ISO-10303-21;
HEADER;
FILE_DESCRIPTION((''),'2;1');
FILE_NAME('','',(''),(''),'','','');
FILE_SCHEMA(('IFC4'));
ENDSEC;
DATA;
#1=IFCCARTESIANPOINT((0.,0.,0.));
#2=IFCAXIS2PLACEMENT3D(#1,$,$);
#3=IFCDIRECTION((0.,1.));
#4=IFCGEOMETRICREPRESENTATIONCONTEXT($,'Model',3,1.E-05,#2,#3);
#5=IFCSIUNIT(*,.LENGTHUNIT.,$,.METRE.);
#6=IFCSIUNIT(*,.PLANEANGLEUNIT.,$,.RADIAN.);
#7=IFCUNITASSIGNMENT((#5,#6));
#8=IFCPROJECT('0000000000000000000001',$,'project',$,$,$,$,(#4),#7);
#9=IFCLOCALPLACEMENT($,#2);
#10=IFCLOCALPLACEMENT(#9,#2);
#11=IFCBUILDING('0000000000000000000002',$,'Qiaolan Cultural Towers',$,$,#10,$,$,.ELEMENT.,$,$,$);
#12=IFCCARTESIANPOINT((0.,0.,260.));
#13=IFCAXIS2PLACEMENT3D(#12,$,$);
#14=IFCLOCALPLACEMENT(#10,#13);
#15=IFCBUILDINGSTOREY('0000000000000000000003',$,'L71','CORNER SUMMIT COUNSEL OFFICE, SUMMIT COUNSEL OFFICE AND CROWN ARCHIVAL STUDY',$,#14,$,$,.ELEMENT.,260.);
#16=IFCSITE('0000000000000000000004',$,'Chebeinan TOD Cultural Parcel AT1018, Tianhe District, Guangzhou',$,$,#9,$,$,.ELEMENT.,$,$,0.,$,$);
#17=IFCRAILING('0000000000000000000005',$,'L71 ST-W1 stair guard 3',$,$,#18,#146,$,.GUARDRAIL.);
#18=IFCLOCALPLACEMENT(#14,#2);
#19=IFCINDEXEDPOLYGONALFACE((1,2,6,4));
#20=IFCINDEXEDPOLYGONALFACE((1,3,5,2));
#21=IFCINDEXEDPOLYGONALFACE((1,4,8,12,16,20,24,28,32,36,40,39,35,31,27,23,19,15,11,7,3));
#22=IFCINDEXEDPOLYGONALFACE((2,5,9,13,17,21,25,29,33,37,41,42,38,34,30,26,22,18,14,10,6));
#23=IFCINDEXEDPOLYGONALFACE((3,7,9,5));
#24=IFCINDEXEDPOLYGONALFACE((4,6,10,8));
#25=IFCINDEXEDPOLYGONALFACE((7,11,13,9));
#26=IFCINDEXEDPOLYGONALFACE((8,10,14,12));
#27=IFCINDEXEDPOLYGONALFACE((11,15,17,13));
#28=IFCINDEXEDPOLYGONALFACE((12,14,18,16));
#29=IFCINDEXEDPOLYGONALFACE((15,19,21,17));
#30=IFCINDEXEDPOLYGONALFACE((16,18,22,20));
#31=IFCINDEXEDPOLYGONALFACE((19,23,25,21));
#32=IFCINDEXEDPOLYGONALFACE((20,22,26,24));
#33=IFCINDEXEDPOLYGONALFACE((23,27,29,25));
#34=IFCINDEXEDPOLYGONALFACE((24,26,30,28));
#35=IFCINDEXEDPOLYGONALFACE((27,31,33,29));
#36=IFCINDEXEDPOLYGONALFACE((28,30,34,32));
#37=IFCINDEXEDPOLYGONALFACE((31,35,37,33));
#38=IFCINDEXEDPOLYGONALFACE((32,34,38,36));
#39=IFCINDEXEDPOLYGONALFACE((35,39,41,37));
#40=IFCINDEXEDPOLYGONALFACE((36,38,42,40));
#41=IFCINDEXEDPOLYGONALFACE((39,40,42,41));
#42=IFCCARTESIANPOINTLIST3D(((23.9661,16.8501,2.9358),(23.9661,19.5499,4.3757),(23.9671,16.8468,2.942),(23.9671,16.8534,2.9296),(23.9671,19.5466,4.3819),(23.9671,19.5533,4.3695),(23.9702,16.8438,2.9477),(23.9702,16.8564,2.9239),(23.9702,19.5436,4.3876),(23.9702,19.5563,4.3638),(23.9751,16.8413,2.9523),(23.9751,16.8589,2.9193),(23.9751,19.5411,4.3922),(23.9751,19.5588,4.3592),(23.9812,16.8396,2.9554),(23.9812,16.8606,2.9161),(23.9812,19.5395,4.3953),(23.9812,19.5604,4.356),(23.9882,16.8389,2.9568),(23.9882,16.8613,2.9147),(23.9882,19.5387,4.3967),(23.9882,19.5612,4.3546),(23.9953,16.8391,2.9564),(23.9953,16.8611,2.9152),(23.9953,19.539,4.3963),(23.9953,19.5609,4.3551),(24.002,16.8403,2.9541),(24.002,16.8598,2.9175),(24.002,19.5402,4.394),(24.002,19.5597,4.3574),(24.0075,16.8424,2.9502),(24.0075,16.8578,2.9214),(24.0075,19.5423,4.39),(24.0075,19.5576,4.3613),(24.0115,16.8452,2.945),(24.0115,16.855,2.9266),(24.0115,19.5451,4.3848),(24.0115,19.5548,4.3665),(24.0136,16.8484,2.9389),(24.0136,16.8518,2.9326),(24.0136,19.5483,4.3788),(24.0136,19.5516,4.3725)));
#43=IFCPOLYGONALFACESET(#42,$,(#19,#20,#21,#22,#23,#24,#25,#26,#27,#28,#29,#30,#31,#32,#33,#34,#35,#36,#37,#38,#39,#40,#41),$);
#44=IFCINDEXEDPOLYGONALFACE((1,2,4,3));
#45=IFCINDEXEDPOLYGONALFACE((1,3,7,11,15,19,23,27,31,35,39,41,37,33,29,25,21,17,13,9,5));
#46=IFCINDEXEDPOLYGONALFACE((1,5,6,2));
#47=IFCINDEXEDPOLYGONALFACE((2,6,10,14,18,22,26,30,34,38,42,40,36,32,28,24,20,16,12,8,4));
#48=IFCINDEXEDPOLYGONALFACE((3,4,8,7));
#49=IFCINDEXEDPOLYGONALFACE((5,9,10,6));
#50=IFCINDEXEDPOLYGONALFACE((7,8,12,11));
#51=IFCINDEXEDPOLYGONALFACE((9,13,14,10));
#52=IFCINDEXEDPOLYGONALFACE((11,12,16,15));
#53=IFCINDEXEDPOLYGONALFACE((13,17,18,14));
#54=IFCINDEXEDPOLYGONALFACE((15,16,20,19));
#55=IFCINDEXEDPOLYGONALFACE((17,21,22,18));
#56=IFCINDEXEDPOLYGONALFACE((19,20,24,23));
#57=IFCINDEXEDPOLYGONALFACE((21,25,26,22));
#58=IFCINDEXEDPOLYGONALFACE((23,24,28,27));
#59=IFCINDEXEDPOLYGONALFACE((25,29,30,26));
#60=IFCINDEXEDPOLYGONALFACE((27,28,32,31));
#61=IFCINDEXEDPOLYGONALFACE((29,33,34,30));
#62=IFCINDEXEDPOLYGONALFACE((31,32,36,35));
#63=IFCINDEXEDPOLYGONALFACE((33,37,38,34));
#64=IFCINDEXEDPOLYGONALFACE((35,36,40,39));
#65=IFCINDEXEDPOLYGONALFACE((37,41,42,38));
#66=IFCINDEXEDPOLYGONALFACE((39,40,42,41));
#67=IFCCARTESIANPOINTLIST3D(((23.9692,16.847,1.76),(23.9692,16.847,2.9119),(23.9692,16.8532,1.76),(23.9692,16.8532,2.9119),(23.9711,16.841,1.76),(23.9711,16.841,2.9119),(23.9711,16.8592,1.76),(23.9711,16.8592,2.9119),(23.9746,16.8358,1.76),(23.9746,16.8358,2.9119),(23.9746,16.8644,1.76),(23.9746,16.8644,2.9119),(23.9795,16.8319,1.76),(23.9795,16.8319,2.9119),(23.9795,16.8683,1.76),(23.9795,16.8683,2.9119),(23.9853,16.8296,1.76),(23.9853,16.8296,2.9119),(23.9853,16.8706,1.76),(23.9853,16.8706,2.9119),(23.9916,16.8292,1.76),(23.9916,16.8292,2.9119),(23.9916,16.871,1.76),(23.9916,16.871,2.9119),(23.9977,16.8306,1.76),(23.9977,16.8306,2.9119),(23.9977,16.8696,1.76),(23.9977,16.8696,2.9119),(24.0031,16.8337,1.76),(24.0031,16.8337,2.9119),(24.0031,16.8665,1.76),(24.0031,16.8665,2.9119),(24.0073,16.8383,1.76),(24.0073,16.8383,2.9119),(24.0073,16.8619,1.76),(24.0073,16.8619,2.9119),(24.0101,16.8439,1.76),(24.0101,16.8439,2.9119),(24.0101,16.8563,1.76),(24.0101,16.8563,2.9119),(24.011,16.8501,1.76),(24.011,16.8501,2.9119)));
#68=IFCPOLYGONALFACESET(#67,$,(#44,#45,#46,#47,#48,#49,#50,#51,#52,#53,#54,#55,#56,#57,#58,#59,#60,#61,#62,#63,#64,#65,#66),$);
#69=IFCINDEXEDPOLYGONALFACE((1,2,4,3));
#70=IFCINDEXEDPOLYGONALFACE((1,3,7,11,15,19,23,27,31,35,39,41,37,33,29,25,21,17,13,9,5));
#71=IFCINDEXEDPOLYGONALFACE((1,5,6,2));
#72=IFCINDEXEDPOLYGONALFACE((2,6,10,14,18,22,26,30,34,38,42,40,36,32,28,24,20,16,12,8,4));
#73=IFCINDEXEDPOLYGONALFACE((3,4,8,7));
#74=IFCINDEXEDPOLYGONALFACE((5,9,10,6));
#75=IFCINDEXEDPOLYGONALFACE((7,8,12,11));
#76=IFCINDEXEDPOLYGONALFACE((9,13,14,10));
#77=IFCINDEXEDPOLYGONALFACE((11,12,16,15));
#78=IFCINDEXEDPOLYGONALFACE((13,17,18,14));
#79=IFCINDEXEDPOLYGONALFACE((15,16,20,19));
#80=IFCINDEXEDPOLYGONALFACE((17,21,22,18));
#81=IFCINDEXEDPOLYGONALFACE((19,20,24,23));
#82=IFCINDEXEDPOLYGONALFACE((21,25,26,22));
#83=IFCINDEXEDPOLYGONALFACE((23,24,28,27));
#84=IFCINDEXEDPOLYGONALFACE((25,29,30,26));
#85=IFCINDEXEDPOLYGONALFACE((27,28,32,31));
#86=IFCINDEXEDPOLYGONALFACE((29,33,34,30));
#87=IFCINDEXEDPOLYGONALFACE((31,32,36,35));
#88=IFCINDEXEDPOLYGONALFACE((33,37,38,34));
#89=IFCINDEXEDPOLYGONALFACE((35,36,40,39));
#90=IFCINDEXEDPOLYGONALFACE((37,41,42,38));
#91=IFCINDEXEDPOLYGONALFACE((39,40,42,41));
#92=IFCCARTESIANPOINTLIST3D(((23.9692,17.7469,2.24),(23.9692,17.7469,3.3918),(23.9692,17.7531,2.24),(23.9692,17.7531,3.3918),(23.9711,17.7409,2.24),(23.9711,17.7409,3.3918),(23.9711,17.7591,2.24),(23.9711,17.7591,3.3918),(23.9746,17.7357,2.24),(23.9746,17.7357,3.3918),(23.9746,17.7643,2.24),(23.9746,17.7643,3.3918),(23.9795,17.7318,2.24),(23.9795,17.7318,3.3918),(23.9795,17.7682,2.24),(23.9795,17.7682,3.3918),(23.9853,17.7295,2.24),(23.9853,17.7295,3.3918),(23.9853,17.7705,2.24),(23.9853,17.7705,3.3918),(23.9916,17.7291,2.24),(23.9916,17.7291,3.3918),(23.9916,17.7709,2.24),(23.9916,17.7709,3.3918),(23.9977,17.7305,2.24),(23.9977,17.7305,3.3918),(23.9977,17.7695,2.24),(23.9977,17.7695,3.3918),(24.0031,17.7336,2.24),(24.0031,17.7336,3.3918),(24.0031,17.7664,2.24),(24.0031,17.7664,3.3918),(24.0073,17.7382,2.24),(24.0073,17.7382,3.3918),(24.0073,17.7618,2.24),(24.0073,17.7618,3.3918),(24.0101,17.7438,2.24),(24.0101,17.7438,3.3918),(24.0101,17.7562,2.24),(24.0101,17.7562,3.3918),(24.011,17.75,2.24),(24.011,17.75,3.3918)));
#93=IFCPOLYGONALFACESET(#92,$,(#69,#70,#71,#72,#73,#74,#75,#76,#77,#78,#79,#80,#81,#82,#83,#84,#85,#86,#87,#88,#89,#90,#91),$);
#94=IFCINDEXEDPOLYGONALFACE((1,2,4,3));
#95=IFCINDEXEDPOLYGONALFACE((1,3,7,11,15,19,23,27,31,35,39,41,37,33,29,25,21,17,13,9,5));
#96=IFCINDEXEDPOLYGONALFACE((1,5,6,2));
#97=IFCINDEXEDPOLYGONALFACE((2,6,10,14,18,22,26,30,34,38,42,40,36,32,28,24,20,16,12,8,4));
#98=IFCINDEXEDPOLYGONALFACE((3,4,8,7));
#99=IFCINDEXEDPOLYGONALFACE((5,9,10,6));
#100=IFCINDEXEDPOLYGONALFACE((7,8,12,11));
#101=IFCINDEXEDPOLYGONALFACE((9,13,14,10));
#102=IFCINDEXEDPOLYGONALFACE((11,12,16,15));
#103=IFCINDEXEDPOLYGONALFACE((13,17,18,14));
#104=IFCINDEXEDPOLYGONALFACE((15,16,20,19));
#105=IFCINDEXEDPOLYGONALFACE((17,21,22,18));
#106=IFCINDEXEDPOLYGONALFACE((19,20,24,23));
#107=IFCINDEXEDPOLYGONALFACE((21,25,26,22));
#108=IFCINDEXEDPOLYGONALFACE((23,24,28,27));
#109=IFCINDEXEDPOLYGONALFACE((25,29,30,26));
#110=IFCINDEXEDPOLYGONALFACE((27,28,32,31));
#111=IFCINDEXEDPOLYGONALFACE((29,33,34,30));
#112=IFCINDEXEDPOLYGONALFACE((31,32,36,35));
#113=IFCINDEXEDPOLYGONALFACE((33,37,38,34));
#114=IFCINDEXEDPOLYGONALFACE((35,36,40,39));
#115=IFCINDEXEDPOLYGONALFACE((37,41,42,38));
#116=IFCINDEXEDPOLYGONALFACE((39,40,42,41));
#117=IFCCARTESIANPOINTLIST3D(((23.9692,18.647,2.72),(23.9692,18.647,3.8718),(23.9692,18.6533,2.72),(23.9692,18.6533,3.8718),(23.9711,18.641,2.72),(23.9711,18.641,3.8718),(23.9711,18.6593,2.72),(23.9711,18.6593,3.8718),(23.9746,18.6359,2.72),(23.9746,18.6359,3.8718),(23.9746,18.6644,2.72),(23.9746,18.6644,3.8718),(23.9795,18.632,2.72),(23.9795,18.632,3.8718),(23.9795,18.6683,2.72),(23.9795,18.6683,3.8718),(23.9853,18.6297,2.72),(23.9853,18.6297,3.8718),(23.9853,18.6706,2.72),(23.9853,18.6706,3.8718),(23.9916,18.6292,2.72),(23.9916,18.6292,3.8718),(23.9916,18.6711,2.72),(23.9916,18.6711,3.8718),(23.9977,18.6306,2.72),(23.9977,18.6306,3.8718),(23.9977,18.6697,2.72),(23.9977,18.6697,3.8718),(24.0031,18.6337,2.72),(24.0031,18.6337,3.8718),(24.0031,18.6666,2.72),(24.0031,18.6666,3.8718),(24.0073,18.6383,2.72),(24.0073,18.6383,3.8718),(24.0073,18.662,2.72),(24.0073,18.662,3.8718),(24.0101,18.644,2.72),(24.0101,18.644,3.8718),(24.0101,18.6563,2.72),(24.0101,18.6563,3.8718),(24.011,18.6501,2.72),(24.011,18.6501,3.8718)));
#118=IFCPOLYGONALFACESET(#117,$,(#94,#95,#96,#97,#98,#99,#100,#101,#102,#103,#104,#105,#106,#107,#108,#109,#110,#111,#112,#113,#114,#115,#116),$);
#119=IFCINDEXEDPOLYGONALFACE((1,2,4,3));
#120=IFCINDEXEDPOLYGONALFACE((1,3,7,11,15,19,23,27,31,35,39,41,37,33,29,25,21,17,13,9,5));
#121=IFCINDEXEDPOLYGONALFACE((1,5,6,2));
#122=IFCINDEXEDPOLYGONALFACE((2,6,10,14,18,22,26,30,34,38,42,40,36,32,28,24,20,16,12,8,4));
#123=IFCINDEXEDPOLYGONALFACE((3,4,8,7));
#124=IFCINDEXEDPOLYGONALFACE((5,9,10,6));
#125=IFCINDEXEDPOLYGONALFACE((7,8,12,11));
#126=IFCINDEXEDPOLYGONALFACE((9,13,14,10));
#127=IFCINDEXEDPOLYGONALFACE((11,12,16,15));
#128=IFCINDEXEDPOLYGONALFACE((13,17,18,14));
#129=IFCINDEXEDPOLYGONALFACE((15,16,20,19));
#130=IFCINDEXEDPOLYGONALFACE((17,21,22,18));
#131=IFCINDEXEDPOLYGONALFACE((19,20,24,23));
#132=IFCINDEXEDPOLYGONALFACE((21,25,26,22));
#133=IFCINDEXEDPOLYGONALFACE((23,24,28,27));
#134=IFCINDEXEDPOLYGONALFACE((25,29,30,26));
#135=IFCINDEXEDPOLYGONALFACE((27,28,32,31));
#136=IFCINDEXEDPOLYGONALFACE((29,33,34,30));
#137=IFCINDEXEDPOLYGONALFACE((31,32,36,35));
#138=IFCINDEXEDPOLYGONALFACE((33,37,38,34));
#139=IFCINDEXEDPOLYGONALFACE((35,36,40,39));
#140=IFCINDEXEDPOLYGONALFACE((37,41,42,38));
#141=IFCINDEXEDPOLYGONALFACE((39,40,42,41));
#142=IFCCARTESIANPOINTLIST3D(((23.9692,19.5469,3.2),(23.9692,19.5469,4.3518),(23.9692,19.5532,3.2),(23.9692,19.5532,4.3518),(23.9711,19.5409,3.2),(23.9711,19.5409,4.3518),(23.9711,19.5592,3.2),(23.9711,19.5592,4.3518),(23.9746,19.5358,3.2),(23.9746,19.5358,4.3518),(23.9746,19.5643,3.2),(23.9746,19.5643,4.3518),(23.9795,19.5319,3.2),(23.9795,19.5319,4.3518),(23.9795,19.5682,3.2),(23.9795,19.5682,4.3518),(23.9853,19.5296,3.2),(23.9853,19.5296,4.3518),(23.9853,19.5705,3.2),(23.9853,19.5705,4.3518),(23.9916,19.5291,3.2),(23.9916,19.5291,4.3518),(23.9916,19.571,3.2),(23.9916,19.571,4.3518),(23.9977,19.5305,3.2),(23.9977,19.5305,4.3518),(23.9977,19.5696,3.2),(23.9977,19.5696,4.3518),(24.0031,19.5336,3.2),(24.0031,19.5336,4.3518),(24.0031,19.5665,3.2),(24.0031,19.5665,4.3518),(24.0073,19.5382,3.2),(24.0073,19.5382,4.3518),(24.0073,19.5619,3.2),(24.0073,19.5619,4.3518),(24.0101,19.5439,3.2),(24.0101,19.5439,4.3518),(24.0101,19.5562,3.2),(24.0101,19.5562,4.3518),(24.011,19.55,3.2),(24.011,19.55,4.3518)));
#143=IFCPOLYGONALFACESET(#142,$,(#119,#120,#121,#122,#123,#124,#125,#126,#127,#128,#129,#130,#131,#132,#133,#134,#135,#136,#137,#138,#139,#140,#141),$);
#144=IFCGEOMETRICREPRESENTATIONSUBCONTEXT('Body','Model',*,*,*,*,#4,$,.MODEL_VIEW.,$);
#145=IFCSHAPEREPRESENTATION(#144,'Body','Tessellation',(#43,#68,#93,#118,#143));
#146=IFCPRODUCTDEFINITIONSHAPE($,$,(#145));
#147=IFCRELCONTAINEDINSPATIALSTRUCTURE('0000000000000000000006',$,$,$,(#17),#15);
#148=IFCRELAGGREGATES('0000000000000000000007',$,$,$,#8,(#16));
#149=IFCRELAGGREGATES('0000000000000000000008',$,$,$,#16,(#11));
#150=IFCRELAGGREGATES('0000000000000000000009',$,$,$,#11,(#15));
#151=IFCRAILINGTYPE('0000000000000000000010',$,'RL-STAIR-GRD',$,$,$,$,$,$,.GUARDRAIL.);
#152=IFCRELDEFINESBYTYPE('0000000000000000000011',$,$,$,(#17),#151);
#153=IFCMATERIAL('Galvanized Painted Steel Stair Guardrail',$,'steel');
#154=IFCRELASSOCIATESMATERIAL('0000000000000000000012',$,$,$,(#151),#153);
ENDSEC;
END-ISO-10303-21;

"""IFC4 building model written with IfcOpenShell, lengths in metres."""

from ifc_helpers import new_model, si_unit, direction, frame, origin, origin_2d, place, context, subcontext, project, spatial, circle, extrude, material, type_object, element, save


model = new_model("IFC4")

# Units and contexts
model_context = context("Model", 3, precision=1e-05, world=origin(), true_north=direction((0.0, 1.0)))
body_context = subcontext(model_context, "Body", "Model", "MODEL_VIEW")
ifc_project = project(units=[si_unit("LENGTHUNIT", "METRE"), si_unit("PLANEANGLEUNIT", "RADIAN")], contexts=[model_context])

# Site, building, storey
site_placement = place(None, origin())
site = spatial("IfcSite", under=ifc_project, at=site_placement, Name="Chebeinan TOD Cultural Parcel AT1018, Tianhe District, Guangzhou", CompositionType="ELEMENT", RefElevation=0.0)
building_placement = place(site_placement, origin())
building = spatial("IfcBuilding", under=site, at=building_placement, Name="Qiaolan Cultural Towers", CompositionType="ELEMENT")
storey_placement = place(building_placement, frame((0.0, 0.0, 260.0)))
storey = spatial("IfcBuildingStorey", under=building, at=storey_placement, Name="L71", Description="CORNER SUMMIT COUNSEL OFFICE, SUMMIT COUNSEL OFFICE AND CROWN ARCHIVAL STUDY", CompositionType="ELEMENT", Elevation=260.0)

# Railing
ifc_material_1 = material(Name="Galvanized Painted Steel Stair Guardrail", Category="steel")
railing_type = type_object("IfcRailingType", Name="RL-STAIR-GRD", PredefinedType="GUARDRAIL", material=ifc_material_1)
railing_1_placement = place(storey_placement, frame((23.99, 16.8501, 1.76)))
element("IfcRailing", 1, at=railing_1_placement, inside=storey, type_object=railing_type, Name="L71 ST-W1 stair guard 3", PredefinedType="GUARDRAIL", context=body_context, shape_type="SweptSolid", body=[
    extrude(circle(Radius=0.0239, at=origin_2d()), frame((0.0, 0.0, 1.1758), z_axis=(0.0, 0.882357, 0.47058), x_axis=(-1.0, 0.0, 0.0)), (0.0, 0.0, 1.0), 3.0598),
    extrude(circle(Radius=0.021, at=origin_2d()), origin(), (0.0, 0.0, 1.0), 1.1519),
    extrude(circle(Radius=0.021, at=origin_2d()), frame((0.0, 0.8999, 0.48)), (0.0, 0.0, 1.0), 1.1519),
    extrude(circle(Radius=0.021, at=origin_2d()), frame((0.0, 1.8, 0.96)), (0.0, 0.0, 1.0), 1.1519),
    extrude(circle(Radius=0.021, at=origin_2d()), frame((0.0, 2.7, 1.4399)), (0.0, 0.0, 1.0), 1.1519),
])

save(model, "model.ifc")
